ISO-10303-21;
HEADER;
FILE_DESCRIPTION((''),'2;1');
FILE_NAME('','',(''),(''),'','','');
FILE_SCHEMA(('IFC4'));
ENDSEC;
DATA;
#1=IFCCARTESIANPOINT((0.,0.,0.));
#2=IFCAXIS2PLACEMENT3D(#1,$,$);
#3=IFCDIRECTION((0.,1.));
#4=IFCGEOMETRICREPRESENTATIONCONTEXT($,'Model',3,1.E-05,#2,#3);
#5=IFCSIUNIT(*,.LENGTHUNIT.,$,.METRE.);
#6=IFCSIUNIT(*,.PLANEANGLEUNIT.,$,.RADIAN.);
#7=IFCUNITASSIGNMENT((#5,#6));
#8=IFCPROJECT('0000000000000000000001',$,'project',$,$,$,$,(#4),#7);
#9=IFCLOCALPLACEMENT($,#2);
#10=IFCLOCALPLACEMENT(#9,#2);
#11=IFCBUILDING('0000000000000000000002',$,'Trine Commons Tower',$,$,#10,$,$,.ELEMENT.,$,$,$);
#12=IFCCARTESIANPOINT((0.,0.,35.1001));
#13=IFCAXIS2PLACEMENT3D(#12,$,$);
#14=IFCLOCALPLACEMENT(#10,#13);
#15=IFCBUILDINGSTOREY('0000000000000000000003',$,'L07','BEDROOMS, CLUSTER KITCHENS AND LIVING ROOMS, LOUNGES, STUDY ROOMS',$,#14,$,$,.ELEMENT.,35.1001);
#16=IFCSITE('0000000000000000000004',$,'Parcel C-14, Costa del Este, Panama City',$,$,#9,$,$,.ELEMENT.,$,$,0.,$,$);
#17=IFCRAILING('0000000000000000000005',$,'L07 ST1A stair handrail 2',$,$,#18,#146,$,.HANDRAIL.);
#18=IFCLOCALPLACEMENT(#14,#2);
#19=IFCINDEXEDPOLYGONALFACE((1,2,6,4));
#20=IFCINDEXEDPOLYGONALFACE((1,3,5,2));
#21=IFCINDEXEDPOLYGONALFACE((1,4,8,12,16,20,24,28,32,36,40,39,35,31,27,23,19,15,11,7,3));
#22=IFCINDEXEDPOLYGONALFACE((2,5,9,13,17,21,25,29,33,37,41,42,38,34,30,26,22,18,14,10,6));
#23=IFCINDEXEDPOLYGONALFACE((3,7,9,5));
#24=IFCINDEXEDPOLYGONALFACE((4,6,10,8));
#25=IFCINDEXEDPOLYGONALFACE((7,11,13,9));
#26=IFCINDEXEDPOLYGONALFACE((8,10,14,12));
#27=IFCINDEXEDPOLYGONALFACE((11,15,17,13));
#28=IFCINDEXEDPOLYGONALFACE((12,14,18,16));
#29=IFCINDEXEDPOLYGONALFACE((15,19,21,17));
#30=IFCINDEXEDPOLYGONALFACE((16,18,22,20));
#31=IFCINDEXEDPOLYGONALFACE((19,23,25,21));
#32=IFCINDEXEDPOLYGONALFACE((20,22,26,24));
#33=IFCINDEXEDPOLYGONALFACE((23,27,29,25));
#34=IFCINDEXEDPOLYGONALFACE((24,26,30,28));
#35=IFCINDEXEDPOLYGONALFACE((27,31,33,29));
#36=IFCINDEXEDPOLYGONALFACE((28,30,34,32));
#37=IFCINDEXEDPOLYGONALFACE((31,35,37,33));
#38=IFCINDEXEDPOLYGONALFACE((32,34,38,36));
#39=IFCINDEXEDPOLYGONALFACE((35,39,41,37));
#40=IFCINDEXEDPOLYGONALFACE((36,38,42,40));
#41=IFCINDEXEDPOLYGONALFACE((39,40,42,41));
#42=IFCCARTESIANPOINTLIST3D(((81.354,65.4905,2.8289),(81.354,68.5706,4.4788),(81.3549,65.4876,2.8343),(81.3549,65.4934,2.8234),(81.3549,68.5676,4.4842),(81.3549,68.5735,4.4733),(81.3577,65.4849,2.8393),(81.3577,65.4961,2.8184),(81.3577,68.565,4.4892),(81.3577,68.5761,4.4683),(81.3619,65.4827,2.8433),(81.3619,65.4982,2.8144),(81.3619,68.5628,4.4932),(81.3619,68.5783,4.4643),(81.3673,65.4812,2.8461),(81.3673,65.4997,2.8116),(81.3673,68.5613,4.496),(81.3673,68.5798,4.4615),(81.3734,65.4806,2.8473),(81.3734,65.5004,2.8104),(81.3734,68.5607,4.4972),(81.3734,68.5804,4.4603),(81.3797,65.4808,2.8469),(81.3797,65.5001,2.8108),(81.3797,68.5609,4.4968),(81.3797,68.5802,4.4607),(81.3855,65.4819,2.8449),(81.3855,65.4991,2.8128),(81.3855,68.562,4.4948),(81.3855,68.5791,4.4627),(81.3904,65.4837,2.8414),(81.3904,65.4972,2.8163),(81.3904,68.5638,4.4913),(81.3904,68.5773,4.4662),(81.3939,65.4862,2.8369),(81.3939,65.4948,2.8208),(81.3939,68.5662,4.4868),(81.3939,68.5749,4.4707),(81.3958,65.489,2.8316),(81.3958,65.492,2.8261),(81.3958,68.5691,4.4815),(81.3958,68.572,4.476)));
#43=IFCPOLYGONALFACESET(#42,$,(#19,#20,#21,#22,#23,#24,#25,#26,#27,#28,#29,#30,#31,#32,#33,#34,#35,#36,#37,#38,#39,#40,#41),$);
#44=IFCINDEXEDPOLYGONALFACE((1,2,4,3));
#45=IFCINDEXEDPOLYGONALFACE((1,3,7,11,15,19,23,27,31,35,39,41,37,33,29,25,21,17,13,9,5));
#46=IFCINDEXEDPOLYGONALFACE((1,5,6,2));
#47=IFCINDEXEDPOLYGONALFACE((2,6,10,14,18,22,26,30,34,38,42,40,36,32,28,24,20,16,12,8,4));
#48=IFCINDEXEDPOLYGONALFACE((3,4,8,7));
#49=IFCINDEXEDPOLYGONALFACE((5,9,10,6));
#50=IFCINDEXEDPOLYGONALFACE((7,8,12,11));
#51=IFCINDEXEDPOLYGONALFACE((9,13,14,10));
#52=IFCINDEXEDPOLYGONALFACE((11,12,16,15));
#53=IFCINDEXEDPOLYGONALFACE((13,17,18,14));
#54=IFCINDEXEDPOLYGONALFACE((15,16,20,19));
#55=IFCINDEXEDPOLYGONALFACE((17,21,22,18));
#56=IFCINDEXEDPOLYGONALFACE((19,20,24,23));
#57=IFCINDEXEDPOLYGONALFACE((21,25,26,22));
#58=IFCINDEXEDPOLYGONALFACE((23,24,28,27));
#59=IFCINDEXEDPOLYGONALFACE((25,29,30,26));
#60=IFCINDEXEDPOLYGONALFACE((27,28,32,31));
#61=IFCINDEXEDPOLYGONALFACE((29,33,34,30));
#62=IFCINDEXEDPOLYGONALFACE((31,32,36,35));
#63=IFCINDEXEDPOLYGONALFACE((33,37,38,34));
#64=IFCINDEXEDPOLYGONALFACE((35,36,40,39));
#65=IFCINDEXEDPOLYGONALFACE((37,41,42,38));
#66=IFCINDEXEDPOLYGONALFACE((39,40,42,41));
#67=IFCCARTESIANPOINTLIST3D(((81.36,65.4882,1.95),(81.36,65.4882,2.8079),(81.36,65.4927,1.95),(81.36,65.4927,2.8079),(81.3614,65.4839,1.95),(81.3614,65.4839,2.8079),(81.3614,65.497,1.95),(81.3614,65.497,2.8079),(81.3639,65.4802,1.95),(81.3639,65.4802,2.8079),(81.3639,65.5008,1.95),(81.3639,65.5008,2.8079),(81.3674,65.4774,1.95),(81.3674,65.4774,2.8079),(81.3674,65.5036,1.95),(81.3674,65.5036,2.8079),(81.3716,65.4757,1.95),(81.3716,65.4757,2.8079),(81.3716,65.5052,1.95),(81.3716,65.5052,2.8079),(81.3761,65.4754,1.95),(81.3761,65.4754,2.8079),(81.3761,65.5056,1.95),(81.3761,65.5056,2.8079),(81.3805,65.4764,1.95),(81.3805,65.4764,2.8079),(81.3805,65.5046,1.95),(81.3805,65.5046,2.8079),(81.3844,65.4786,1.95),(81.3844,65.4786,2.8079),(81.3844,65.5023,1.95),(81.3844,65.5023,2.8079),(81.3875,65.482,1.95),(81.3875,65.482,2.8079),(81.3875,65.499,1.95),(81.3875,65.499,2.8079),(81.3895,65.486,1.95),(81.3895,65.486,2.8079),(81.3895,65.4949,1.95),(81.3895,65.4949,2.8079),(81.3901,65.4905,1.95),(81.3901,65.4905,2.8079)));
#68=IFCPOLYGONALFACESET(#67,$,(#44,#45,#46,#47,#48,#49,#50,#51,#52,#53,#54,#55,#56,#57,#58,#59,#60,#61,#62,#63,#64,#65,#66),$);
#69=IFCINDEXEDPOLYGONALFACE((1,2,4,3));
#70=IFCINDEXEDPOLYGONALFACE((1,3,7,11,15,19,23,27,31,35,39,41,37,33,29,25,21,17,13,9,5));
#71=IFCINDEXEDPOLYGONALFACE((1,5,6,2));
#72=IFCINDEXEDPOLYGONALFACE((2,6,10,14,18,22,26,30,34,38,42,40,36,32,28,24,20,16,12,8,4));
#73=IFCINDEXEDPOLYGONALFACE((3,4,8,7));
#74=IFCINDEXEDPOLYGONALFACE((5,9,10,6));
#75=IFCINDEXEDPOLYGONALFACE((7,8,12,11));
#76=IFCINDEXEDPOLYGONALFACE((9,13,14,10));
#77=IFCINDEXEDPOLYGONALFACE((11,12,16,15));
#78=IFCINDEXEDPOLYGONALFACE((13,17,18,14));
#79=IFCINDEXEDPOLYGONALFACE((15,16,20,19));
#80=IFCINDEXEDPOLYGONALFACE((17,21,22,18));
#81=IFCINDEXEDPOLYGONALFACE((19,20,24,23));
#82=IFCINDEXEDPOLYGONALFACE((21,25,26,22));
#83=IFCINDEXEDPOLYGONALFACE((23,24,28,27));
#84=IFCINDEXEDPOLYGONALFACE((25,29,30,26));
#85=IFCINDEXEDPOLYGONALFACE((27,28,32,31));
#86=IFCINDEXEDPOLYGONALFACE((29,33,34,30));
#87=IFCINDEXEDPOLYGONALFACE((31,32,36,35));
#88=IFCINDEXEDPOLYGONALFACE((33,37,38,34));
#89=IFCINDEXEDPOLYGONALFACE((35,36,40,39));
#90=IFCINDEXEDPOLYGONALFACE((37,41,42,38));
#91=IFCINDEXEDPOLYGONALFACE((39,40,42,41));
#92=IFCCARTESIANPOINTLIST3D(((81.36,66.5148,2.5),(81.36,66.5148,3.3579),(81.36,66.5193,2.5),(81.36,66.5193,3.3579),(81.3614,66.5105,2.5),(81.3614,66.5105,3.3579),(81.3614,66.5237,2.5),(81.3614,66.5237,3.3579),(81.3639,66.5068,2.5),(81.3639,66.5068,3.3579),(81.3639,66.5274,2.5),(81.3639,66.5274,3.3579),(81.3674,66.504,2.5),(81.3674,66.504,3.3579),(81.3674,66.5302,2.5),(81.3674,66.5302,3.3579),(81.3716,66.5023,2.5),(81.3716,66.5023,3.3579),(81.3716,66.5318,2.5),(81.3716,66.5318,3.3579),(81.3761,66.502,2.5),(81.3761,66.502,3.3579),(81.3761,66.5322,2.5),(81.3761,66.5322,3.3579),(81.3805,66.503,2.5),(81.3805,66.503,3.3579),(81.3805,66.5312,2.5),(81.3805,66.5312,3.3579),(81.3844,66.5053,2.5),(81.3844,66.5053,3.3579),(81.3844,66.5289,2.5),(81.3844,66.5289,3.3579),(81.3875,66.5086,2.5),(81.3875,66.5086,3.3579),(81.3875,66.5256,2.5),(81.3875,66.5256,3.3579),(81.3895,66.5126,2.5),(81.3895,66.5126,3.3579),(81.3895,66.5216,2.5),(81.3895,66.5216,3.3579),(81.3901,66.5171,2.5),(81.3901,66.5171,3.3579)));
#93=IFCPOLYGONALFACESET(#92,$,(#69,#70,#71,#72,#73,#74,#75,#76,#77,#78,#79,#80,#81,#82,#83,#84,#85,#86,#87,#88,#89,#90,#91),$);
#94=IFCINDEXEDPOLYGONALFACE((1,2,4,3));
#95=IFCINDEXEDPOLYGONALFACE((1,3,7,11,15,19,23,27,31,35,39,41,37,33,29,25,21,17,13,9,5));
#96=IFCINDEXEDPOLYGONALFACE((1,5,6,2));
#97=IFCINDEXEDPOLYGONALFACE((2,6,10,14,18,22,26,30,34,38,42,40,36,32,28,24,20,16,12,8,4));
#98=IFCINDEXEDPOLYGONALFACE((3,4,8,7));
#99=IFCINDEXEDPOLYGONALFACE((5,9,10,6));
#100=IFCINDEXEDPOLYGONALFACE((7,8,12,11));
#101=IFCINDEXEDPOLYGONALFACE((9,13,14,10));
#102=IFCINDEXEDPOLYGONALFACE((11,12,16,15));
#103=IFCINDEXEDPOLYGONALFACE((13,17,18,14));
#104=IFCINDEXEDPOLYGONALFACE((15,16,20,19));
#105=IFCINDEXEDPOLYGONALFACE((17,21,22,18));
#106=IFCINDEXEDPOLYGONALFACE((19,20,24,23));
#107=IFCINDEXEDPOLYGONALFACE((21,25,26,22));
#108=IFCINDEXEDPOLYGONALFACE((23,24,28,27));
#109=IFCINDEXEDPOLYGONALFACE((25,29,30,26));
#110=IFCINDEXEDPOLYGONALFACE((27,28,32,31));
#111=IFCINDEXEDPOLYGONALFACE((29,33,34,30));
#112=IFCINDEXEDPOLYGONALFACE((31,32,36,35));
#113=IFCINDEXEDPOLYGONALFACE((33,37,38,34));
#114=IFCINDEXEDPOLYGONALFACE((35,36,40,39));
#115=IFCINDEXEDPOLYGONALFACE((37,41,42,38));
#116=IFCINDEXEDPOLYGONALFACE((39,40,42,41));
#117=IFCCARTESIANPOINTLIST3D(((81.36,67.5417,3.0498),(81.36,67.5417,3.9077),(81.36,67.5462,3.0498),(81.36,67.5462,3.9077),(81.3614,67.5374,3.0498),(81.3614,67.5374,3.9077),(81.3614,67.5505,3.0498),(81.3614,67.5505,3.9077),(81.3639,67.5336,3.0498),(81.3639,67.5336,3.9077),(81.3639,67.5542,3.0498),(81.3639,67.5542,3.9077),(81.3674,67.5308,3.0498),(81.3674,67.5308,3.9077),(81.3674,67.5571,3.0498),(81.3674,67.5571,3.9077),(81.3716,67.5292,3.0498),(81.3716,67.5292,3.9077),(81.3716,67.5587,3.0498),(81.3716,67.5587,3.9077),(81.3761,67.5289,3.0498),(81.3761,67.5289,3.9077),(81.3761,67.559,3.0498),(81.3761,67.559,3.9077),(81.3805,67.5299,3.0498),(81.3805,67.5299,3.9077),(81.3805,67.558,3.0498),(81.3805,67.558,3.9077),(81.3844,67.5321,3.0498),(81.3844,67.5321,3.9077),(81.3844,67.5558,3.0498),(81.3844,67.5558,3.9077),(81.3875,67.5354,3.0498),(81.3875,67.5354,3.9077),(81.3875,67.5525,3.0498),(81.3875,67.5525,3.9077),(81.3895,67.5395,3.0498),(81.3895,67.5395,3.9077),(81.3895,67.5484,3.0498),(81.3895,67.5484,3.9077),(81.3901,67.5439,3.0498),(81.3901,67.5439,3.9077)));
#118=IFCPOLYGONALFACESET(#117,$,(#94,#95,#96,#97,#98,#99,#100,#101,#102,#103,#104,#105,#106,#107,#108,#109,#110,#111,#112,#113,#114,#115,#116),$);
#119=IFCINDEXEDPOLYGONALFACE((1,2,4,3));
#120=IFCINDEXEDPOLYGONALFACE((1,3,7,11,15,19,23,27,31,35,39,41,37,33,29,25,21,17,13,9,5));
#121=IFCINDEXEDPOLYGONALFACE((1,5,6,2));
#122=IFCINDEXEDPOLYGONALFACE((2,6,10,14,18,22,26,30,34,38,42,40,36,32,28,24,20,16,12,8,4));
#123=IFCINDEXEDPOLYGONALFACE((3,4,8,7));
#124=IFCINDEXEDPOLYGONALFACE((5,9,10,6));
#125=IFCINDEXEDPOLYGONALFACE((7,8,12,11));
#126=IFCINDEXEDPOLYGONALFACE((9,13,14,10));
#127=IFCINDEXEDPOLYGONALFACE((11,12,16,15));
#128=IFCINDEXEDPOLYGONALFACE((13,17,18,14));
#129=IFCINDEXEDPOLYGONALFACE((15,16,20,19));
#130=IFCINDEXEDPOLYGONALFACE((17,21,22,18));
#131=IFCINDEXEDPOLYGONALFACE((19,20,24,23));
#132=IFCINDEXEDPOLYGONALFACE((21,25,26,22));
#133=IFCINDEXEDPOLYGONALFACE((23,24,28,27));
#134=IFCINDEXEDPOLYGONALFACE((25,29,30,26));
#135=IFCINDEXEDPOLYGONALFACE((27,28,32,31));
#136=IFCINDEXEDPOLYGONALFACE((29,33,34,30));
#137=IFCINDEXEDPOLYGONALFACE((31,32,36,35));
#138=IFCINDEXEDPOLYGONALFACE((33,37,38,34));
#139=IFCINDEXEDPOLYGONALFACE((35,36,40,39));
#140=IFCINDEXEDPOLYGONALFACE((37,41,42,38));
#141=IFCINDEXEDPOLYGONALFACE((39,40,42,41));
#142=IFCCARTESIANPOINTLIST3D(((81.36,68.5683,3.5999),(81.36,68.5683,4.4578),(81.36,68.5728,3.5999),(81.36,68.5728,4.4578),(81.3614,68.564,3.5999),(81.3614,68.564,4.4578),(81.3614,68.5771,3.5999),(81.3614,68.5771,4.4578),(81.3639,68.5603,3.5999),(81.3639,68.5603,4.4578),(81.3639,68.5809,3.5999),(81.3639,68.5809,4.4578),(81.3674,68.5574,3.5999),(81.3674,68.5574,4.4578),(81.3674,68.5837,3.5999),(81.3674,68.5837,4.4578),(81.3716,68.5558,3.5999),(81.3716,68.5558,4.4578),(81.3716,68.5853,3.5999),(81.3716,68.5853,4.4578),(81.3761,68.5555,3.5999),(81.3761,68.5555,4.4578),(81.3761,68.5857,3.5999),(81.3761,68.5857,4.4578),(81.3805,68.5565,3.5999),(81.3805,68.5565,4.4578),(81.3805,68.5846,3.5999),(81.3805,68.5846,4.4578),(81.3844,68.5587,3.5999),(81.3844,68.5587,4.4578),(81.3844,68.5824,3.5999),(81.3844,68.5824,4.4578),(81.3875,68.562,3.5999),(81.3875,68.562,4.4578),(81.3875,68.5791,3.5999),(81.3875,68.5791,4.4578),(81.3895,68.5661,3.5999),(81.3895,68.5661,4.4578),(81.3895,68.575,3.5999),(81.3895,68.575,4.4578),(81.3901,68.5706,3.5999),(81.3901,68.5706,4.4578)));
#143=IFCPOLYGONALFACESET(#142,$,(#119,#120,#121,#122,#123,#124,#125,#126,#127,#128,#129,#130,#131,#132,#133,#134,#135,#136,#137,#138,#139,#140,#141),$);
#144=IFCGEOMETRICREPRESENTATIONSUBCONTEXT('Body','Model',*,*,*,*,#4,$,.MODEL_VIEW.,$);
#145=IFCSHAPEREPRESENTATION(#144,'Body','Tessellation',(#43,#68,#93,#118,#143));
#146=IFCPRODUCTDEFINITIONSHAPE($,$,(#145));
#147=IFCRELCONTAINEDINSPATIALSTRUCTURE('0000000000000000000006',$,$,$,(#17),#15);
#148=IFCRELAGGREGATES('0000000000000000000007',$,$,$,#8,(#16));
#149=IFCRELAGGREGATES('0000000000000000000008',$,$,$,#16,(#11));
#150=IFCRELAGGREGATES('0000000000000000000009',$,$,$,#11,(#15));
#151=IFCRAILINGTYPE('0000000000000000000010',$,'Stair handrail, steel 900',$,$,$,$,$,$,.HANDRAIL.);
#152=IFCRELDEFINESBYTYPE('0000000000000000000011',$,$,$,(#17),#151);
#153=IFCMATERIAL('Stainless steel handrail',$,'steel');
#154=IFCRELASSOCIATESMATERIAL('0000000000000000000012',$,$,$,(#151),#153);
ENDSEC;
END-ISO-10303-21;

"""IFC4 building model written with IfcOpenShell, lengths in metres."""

from ifc_helpers import new_model, si_unit, direction, frame, origin, origin_2d, place, context, subcontext, project, spatial, circle, extrude, material, type_object, element, save


model = new_model("IFC4")

# Units and contexts
model_context = context("Model", 3, precision=1e-05, world=origin(), true_north=direction((0.0, 1.0)))
body_context = subcontext(model_context, "Body", "Model", "MODEL_VIEW")
ifc_project = project(units=[si_unit("LENGTHUNIT", "METRE"), si_unit("PLANEANGLEUNIT", "RADIAN")], contexts=[model_context])

# Site, building, storey
site_placement = place(None, origin())
site = spatial("IfcSite", under=ifc_project, at=site_placement, Name="Parcel C-14, Costa del Este, Panama City", CompositionType="ELEMENT", RefElevation=0.0)
building_placement = place(site_placement, origin())
building = spatial("IfcBuilding", under=site, at=building_placement, Name="Trine Commons Tower", CompositionType="ELEMENT")
storey_placement = place(building_placement, frame((0.0, 0.0, 35.1001)))
storey = spatial("IfcBuildingStorey", under=building, at=storey_placement, Name="L07", Description="BEDROOMS, CLUSTER KITCHENS AND LIVING ROOMS, LOUNGES, STUDY ROOMS", CompositionType="ELEMENT", Elevation=35.1001)

# Railing
ifc_material_1 = material(Name="Stainless steel handrail", Category="steel")
railing_type_1 = type_object("IfcRailingType", Name="Stair handrail, steel 900", PredefinedType="HANDRAIL", material=ifc_material_1)
railing_1_placement = place(storey_placement, frame((81.375, 65.4905, 1.95)))
element("IfcRailing", 1, at=railing_1_placement, inside=storey, type_object=railing_type_1, Name="L07 ST1A stair handrail 2", PredefinedType="HANDRAIL", context=body_context, shape_type="SweptSolid", body=[
    extrude(circle(Radius=0.021, at=origin_2d()), frame((0.0, 0.0, 0.8789), z_axis=(0.0, 0.881497, 0.47219), x_axis=(-1.0, 0.0, 0.0)), (0.0, 0.0, 1.0), 3.4941),
    extrude(circle(Radius=0.0151, at=origin_2d()), origin(), (0.0, 0.0, 1.0), 0.8579),
    extrude(circle(Radius=0.0151, at=origin_2d()), frame((0.0, 1.0266, 0.55)), (0.0, 0.0, 1.0), 0.8579),
    extrude(circle(Radius=0.0151, at=origin_2d()), frame((0.0, 2.0535, 1.0999)), (0.0, 0.0, 1.0), 0.8579),
    extrude(circle(Radius=0.0151, at=origin_2d()), frame((0.0, 3.0801, 1.6499)), (0.0, 0.0, 1.0), 0.8579),
])

save(model, "model.ifc")
